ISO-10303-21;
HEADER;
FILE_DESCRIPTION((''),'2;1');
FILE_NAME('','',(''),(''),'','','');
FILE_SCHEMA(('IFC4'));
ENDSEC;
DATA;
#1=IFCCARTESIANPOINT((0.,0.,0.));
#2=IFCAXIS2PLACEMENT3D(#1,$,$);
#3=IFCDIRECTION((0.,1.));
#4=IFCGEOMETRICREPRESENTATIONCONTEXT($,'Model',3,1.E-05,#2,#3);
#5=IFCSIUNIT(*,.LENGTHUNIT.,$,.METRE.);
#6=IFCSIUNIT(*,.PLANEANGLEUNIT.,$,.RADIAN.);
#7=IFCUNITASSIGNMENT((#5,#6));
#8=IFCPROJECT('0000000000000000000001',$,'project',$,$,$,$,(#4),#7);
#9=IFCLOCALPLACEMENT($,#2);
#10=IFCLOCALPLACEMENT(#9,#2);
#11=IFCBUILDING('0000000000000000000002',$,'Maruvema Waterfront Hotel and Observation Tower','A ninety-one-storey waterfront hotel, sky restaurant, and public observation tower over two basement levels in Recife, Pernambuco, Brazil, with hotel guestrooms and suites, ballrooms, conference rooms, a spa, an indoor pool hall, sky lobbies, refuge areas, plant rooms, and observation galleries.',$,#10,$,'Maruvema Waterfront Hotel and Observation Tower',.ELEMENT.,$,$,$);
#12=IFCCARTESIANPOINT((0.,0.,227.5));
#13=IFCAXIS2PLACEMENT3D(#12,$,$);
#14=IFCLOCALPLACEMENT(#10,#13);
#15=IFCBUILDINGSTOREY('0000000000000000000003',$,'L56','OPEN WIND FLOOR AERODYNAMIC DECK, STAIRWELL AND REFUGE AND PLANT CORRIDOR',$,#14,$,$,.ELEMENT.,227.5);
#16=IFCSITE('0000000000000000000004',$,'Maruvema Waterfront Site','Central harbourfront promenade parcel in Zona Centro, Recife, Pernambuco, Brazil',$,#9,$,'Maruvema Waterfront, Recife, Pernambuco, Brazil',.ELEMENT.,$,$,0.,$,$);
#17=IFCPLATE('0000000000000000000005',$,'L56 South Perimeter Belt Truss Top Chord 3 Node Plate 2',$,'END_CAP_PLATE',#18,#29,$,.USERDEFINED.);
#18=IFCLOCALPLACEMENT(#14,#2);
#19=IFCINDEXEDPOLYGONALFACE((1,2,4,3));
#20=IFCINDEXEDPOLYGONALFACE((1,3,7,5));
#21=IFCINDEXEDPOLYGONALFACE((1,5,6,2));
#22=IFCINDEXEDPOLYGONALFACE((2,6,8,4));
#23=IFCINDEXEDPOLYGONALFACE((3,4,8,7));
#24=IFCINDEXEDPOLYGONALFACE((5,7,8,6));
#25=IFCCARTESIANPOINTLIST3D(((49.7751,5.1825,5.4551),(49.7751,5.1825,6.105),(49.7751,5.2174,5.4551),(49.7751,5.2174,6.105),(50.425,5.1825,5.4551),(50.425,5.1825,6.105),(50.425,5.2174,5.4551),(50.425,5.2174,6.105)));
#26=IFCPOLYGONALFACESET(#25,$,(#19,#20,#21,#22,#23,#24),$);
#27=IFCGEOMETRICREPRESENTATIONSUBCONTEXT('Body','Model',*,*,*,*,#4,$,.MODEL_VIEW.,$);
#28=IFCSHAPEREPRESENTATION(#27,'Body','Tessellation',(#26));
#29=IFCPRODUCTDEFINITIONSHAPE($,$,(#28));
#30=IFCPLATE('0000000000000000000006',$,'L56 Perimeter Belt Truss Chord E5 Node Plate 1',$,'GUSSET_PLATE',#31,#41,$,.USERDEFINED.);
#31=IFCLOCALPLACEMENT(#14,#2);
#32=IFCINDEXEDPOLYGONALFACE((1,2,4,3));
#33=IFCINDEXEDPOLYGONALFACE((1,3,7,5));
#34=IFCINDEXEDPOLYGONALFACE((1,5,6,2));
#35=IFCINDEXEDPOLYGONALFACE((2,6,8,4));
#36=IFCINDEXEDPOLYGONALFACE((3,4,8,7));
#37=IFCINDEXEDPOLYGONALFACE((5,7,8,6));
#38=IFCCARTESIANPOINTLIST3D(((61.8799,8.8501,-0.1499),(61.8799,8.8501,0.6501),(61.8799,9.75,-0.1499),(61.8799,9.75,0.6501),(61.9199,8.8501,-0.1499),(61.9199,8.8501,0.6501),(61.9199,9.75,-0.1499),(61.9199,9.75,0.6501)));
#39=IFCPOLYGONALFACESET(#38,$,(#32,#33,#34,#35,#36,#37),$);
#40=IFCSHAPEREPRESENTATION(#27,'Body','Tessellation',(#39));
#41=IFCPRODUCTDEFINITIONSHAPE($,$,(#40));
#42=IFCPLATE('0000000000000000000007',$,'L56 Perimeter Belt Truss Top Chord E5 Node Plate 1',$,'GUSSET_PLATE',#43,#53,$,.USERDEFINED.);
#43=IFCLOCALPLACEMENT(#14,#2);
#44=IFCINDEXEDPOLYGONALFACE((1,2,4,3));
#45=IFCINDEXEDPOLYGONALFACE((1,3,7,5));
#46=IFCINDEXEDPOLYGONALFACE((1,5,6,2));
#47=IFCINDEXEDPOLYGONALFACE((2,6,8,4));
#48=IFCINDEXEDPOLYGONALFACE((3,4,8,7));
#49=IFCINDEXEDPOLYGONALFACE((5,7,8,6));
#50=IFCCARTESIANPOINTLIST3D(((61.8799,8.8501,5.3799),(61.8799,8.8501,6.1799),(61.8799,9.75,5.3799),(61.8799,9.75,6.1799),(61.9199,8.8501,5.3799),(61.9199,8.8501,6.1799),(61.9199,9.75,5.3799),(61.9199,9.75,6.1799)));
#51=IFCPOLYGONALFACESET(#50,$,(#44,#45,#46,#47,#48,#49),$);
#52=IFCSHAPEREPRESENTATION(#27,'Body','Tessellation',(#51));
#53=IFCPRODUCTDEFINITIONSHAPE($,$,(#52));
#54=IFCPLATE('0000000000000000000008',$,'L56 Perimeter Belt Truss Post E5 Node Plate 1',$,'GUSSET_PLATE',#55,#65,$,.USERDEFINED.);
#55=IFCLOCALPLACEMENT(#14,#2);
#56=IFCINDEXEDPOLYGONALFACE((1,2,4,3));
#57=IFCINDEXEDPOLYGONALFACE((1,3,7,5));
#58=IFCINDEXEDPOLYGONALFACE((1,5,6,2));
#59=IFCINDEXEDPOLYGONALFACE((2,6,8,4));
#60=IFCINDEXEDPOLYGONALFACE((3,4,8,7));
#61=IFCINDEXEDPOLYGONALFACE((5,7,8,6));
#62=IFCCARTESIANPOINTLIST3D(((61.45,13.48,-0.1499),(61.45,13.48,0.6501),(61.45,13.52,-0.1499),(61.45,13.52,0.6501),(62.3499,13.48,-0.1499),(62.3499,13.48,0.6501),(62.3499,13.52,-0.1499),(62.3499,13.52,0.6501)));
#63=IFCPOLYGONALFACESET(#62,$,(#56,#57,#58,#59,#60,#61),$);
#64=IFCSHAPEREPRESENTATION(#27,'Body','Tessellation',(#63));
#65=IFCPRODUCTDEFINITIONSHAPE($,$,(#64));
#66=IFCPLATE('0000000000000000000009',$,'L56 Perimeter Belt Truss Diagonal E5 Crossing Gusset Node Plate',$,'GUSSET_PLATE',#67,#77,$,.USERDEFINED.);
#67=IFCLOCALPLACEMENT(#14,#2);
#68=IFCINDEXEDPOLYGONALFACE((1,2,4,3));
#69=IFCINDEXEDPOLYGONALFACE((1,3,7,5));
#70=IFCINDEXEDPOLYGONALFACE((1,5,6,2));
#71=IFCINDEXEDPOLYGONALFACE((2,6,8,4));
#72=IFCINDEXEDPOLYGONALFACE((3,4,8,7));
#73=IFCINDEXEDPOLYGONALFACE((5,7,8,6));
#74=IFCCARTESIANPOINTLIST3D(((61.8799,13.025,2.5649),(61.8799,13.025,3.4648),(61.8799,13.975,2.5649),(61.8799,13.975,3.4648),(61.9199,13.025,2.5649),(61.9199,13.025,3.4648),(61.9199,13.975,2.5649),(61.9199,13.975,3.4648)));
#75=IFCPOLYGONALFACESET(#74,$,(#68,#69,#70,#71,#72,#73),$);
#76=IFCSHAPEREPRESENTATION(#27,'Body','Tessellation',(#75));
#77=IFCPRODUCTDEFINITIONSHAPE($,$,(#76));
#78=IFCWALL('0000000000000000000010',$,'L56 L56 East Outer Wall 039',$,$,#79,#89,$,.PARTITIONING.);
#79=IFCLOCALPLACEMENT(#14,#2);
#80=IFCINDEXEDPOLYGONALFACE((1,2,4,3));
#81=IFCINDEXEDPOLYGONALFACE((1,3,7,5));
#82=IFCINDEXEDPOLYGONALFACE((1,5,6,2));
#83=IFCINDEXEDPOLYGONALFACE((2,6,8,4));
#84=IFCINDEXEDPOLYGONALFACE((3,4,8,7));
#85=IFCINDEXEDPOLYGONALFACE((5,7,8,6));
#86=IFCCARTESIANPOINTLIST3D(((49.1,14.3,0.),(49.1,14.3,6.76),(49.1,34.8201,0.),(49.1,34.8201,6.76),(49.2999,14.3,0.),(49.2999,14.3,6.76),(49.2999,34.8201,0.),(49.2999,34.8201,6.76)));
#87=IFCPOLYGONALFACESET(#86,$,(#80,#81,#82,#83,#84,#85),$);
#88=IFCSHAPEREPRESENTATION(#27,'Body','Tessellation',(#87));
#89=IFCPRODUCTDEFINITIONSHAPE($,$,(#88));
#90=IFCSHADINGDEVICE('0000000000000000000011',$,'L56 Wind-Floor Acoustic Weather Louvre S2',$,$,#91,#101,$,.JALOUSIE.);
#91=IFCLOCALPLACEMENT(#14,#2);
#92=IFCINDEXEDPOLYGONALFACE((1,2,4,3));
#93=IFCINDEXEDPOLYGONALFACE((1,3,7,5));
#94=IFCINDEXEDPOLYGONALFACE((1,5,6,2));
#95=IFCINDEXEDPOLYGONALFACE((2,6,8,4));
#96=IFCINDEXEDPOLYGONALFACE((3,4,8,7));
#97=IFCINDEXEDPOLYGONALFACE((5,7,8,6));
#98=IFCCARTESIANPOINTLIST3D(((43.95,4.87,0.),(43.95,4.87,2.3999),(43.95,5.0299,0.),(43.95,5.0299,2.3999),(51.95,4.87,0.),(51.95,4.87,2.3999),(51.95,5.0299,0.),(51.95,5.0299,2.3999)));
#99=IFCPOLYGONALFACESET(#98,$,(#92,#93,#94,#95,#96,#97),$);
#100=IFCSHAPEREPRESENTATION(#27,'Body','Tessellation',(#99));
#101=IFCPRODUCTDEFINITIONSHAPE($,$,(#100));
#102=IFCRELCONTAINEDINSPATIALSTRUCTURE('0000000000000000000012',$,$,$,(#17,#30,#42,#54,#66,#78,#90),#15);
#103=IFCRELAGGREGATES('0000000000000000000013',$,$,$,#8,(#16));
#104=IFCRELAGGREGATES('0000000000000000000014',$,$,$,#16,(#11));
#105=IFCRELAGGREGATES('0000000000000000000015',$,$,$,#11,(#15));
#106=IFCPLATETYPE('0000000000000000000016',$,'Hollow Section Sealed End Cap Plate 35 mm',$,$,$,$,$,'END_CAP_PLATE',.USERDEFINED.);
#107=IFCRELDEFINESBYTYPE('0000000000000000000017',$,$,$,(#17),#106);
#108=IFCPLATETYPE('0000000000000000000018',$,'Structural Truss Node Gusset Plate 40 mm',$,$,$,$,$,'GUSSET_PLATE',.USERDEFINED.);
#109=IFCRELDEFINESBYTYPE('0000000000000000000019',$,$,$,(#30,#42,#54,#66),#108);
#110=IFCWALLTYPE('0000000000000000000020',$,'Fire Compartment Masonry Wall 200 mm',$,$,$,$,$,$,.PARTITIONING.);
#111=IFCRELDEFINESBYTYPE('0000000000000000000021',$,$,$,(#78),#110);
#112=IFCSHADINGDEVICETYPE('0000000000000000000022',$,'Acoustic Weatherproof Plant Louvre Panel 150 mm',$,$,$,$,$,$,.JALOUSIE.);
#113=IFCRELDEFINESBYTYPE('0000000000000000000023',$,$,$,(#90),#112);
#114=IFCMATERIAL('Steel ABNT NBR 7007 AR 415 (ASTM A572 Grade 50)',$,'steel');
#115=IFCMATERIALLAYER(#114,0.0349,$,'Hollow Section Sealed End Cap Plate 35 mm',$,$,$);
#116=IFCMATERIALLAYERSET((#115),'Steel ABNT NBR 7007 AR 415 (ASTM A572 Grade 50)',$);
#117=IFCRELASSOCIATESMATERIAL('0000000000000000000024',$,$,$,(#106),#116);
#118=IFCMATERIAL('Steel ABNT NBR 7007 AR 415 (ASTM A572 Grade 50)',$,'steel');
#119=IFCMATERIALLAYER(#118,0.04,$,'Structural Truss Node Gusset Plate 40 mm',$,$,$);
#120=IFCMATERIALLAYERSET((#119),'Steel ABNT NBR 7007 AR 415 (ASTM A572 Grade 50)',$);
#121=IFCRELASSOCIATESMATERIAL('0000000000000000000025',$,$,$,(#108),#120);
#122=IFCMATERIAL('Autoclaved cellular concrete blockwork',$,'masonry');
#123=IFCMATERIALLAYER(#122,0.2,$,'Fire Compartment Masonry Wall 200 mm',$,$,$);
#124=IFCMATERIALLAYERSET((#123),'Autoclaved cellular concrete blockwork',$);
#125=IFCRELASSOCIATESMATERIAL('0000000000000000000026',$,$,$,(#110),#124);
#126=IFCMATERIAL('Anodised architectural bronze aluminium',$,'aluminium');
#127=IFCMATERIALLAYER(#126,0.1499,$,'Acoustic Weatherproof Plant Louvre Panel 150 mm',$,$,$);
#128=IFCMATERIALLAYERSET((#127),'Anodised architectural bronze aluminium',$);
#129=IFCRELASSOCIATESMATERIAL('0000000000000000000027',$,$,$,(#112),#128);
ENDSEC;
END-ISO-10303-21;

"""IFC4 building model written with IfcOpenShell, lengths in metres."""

from ifc_helpers import new_model, si_unit, direction, frame, frame_2d, origin, origin_2d, place, context, subcontext, project, spatial, rectangle, extrude, material, layer, layer_set, type_object, element, save


model = new_model("IFC4")

# Units and contexts
model_context = context("Model", 3, precision=1e-05, world=origin(), true_north=direction((0.0, 1.0)))
body_context = subcontext(model_context, "Body", "Model", "MODEL_VIEW")
ifc_project = project(units=[si_unit("LENGTHUNIT", "METRE"), si_unit("PLANEANGLEUNIT", "RADIAN")], contexts=[model_context])

# Site, building, storey
site_placement = place(None, origin())
site = spatial("IfcSite", under=ifc_project, at=site_placement, Name="Maruvema Waterfront Site", Description="Central harbourfront promenade parcel in Zona Centro, Recife, Pernambuco, Brazil", LongName="Maruvema Waterfront, Recife, Pernambuco, Brazil", CompositionType="ELEMENT", RefElevation=0.0)
building_placement = place(site_placement, origin())
building = spatial("IfcBuilding", under=site, at=building_placement, Name="Maruvema Waterfront Hotel and Observation Tower", Description="A ninety-one-storey waterfront hotel, sky restaurant, and public observation tower over two basement levels in Recife, Pernambuco, Brazil, with hotel guestrooms and suites, ballrooms, conference rooms, a spa, an indoor pool hall, sky lobbies, refuge areas, plant rooms, and observation galleries.", LongName="Maruvema Waterfront Hotel and Observation Tower", CompositionType="ELEMENT")
storey_placement = place(building_placement, frame((0.0, 0.0, 227.5)))
storey = spatial("IfcBuildingStorey", under=building, at=storey_placement, Name="L56", Description="OPEN WIND FLOOR AERODYNAMIC DECK, STAIRWELL AND REFUGE AND PLANT CORRIDOR", CompositionType="ELEMENT", Elevation=227.5)

# Plates
ifc_material_1 = material(Name="Steel ABNT NBR 7007 AR 415 (ASTM A572 Grade 50)", Category="steel")
ifc_layer_1 = layer(ifc_material_1, 0.0349, Name="Hollow Section Sealed End Cap Plate 35 mm")
ifc_layer_set_1 = layer_set([ifc_layer_1], Name="Steel ABNT NBR 7007 AR 415 (ASTM A572 Grade 50)")
plate_type_1 = type_object("IfcPlateType", Name="Hollow Section Sealed End Cap Plate 35 mm", ElementType="END_CAP_PLATE", PredefinedType="USERDEFINED", material=ifc_layer_set_1)
for number, where, z_axis, x_axis, name in (
    (1, (50.1001, 5.2, 5.4551), (0.0, 0.0, 1.0), (1.0, 0.0, 0.0), "L56 South Perimeter Belt Truss Top Chord 3 Node Plate 2"),
):
    element("IfcPlate", number, at=place(storey_placement, frame(where, z_axis=z_axis, x_axis=x_axis)), inside=storey, type_object=plate_type_1, Name=name, ObjectType="END_CAP_PLATE", PredefinedType="USERDEFINED", context=body_context, shape_type="SweptSolid", body=[
        extrude(rectangle(XDim=0.6499, YDim=0.0349, at=origin_2d()), origin(), (0.0, 0.0, 1.0), 0.6499),
    ])
ifc_material_2 = material(Name="Steel ABNT NBR 7007 AR 415 (ASTM A572 Grade 50)", Category="steel")
ifc_layer_2 = layer(ifc_material_2, 0.04, Name="Structural Truss Node Gusset Plate 40 mm")
ifc_layer_set_2 = layer_set([ifc_layer_2], Name="Steel ABNT NBR 7007 AR 415 (ASTM A572 Grade 50)")
plate_type_2 = type_object("IfcPlateType", Name="Structural Truss Node Gusset Plate 40 mm", ElementType="GUSSET_PLATE", PredefinedType="USERDEFINED", material=ifc_layer_set_2)
for number, where, z_axis, x_axis, name in (
    (2, (61.8999, 9.3, -0.1499), (0.0, 0.0, 1.0), (0.0, 1.0, 0.0), "L56 Perimeter Belt Truss Chord E5 Node Plate 1"),
    (3, (61.8999, 9.3, 5.3799), (0.0, 0.0, 1.0), (0.0, 1.0, 0.0), "L56 Perimeter Belt Truss Top Chord E5 Node Plate 1"),
    (4, (61.8999, 13.5, -0.1499), (0.0, 0.0, 1.0), (1.0, 0.0, 0.0), "L56 Perimeter Belt Truss Post E5 Node Plate 1"),
):
    element("IfcPlate", number, at=place(storey_placement, frame(where, z_axis=z_axis, x_axis=x_axis)), inside=storey, type_object=plate_type_2, Name=name, ObjectType="GUSSET_PLATE", PredefinedType="USERDEFINED", context=body_context, shape_type="SweptSolid", body=[
        extrude(rectangle(XDim=0.8999, YDim=0.04, at=origin_2d()), origin(), (0.0, 0.0, 1.0), 0.8),
    ])
plate_placement = place(storey_placement, frame((61.8999, 13.5, 2.5649), z_axis=(0.0, 0.0, 1.0), x_axis=(0.0, -1.0, 0.0)))
element("IfcPlate", 5, at=plate_placement, inside=storey, type_object=plate_type_2, Name="L56 Perimeter Belt Truss Diagonal E5 Crossing Gusset Node Plate", ObjectType="GUSSET_PLATE", PredefinedType="USERDEFINED", context=body_context, shape_type="SweptSolid", body=[
    extrude(rectangle(XDim=0.95, YDim=0.04, at=origin_2d()), origin(), (0.0, 0.0, 1.0), 0.8999),
])

# Wall
ifc_material_3 = material(Name="Autoclaved cellular concrete blockwork", Category="masonry")
ifc_layer_3 = layer(ifc_material_3, 0.2, Name="Fire Compartment Masonry Wall 200 mm")
ifc_layer_set_3 = layer_set([ifc_layer_3], Name="Autoclaved cellular concrete blockwork")
wall_type = type_object("IfcWallType", Name="Fire Compartment Masonry Wall 200 mm", PredefinedType="PARTITIONING", material=ifc_layer_set_3)
wall_placement = place(storey_placement, frame((49.2, 14.3, 0.0), z_axis=(0.0, 0.0, 1.0), x_axis=(0.0, 1.0, 0.0)))
element("IfcWall", 6, at=wall_placement, inside=storey, type_object=wall_type, Name="L56 L56 East Outer Wall 039", PredefinedType="PARTITIONING", context=body_context, shape_type="SweptSolid", body=[
    extrude(rectangle(XDim=20.52, YDim=0.2, at=frame_2d((10.26, 0.0))), origin(), (0.0, 0.0, 1.0), 6.76),
])

# Shading device
ifc_material_4 = material(Name="Anodised architectural bronze aluminium", Category="aluminium")
ifc_layer_4 = layer(ifc_material_4, 0.1499, Name="Acoustic Weatherproof Plant Louvre Panel 150 mm")
ifc_layer_set_4 = layer_set([ifc_layer_4], Name="Anodised architectural bronze aluminium")
shading_device_type = type_object("IfcShadingDeviceType", Name="Acoustic Weatherproof Plant Louvre Panel 150 mm", PredefinedType="JALOUSIE", material=ifc_layer_set_4)
shading_device_placement = place(storey_placement, frame((47.95, 4.95, 0.0), z_axis=(0.0, 0.0, 1.0), x_axis=(1.0, 0.0, 0.0)))
element("IfcShadingDevice", 7, at=shading_device_placement, inside=storey, type_object=shading_device_type, Name="L56 Wind-Floor Acoustic Weather Louvre S2", PredefinedType="JALOUSIE", context=body_context, shape_type="SweptSolid", body=[
    extrude(rectangle(XDim=8.0, YDim=0.1599, at=origin_2d()), origin(), (0.0, 0.0, 1.0), 2.3999),
])

save(model, "model.ifc")
